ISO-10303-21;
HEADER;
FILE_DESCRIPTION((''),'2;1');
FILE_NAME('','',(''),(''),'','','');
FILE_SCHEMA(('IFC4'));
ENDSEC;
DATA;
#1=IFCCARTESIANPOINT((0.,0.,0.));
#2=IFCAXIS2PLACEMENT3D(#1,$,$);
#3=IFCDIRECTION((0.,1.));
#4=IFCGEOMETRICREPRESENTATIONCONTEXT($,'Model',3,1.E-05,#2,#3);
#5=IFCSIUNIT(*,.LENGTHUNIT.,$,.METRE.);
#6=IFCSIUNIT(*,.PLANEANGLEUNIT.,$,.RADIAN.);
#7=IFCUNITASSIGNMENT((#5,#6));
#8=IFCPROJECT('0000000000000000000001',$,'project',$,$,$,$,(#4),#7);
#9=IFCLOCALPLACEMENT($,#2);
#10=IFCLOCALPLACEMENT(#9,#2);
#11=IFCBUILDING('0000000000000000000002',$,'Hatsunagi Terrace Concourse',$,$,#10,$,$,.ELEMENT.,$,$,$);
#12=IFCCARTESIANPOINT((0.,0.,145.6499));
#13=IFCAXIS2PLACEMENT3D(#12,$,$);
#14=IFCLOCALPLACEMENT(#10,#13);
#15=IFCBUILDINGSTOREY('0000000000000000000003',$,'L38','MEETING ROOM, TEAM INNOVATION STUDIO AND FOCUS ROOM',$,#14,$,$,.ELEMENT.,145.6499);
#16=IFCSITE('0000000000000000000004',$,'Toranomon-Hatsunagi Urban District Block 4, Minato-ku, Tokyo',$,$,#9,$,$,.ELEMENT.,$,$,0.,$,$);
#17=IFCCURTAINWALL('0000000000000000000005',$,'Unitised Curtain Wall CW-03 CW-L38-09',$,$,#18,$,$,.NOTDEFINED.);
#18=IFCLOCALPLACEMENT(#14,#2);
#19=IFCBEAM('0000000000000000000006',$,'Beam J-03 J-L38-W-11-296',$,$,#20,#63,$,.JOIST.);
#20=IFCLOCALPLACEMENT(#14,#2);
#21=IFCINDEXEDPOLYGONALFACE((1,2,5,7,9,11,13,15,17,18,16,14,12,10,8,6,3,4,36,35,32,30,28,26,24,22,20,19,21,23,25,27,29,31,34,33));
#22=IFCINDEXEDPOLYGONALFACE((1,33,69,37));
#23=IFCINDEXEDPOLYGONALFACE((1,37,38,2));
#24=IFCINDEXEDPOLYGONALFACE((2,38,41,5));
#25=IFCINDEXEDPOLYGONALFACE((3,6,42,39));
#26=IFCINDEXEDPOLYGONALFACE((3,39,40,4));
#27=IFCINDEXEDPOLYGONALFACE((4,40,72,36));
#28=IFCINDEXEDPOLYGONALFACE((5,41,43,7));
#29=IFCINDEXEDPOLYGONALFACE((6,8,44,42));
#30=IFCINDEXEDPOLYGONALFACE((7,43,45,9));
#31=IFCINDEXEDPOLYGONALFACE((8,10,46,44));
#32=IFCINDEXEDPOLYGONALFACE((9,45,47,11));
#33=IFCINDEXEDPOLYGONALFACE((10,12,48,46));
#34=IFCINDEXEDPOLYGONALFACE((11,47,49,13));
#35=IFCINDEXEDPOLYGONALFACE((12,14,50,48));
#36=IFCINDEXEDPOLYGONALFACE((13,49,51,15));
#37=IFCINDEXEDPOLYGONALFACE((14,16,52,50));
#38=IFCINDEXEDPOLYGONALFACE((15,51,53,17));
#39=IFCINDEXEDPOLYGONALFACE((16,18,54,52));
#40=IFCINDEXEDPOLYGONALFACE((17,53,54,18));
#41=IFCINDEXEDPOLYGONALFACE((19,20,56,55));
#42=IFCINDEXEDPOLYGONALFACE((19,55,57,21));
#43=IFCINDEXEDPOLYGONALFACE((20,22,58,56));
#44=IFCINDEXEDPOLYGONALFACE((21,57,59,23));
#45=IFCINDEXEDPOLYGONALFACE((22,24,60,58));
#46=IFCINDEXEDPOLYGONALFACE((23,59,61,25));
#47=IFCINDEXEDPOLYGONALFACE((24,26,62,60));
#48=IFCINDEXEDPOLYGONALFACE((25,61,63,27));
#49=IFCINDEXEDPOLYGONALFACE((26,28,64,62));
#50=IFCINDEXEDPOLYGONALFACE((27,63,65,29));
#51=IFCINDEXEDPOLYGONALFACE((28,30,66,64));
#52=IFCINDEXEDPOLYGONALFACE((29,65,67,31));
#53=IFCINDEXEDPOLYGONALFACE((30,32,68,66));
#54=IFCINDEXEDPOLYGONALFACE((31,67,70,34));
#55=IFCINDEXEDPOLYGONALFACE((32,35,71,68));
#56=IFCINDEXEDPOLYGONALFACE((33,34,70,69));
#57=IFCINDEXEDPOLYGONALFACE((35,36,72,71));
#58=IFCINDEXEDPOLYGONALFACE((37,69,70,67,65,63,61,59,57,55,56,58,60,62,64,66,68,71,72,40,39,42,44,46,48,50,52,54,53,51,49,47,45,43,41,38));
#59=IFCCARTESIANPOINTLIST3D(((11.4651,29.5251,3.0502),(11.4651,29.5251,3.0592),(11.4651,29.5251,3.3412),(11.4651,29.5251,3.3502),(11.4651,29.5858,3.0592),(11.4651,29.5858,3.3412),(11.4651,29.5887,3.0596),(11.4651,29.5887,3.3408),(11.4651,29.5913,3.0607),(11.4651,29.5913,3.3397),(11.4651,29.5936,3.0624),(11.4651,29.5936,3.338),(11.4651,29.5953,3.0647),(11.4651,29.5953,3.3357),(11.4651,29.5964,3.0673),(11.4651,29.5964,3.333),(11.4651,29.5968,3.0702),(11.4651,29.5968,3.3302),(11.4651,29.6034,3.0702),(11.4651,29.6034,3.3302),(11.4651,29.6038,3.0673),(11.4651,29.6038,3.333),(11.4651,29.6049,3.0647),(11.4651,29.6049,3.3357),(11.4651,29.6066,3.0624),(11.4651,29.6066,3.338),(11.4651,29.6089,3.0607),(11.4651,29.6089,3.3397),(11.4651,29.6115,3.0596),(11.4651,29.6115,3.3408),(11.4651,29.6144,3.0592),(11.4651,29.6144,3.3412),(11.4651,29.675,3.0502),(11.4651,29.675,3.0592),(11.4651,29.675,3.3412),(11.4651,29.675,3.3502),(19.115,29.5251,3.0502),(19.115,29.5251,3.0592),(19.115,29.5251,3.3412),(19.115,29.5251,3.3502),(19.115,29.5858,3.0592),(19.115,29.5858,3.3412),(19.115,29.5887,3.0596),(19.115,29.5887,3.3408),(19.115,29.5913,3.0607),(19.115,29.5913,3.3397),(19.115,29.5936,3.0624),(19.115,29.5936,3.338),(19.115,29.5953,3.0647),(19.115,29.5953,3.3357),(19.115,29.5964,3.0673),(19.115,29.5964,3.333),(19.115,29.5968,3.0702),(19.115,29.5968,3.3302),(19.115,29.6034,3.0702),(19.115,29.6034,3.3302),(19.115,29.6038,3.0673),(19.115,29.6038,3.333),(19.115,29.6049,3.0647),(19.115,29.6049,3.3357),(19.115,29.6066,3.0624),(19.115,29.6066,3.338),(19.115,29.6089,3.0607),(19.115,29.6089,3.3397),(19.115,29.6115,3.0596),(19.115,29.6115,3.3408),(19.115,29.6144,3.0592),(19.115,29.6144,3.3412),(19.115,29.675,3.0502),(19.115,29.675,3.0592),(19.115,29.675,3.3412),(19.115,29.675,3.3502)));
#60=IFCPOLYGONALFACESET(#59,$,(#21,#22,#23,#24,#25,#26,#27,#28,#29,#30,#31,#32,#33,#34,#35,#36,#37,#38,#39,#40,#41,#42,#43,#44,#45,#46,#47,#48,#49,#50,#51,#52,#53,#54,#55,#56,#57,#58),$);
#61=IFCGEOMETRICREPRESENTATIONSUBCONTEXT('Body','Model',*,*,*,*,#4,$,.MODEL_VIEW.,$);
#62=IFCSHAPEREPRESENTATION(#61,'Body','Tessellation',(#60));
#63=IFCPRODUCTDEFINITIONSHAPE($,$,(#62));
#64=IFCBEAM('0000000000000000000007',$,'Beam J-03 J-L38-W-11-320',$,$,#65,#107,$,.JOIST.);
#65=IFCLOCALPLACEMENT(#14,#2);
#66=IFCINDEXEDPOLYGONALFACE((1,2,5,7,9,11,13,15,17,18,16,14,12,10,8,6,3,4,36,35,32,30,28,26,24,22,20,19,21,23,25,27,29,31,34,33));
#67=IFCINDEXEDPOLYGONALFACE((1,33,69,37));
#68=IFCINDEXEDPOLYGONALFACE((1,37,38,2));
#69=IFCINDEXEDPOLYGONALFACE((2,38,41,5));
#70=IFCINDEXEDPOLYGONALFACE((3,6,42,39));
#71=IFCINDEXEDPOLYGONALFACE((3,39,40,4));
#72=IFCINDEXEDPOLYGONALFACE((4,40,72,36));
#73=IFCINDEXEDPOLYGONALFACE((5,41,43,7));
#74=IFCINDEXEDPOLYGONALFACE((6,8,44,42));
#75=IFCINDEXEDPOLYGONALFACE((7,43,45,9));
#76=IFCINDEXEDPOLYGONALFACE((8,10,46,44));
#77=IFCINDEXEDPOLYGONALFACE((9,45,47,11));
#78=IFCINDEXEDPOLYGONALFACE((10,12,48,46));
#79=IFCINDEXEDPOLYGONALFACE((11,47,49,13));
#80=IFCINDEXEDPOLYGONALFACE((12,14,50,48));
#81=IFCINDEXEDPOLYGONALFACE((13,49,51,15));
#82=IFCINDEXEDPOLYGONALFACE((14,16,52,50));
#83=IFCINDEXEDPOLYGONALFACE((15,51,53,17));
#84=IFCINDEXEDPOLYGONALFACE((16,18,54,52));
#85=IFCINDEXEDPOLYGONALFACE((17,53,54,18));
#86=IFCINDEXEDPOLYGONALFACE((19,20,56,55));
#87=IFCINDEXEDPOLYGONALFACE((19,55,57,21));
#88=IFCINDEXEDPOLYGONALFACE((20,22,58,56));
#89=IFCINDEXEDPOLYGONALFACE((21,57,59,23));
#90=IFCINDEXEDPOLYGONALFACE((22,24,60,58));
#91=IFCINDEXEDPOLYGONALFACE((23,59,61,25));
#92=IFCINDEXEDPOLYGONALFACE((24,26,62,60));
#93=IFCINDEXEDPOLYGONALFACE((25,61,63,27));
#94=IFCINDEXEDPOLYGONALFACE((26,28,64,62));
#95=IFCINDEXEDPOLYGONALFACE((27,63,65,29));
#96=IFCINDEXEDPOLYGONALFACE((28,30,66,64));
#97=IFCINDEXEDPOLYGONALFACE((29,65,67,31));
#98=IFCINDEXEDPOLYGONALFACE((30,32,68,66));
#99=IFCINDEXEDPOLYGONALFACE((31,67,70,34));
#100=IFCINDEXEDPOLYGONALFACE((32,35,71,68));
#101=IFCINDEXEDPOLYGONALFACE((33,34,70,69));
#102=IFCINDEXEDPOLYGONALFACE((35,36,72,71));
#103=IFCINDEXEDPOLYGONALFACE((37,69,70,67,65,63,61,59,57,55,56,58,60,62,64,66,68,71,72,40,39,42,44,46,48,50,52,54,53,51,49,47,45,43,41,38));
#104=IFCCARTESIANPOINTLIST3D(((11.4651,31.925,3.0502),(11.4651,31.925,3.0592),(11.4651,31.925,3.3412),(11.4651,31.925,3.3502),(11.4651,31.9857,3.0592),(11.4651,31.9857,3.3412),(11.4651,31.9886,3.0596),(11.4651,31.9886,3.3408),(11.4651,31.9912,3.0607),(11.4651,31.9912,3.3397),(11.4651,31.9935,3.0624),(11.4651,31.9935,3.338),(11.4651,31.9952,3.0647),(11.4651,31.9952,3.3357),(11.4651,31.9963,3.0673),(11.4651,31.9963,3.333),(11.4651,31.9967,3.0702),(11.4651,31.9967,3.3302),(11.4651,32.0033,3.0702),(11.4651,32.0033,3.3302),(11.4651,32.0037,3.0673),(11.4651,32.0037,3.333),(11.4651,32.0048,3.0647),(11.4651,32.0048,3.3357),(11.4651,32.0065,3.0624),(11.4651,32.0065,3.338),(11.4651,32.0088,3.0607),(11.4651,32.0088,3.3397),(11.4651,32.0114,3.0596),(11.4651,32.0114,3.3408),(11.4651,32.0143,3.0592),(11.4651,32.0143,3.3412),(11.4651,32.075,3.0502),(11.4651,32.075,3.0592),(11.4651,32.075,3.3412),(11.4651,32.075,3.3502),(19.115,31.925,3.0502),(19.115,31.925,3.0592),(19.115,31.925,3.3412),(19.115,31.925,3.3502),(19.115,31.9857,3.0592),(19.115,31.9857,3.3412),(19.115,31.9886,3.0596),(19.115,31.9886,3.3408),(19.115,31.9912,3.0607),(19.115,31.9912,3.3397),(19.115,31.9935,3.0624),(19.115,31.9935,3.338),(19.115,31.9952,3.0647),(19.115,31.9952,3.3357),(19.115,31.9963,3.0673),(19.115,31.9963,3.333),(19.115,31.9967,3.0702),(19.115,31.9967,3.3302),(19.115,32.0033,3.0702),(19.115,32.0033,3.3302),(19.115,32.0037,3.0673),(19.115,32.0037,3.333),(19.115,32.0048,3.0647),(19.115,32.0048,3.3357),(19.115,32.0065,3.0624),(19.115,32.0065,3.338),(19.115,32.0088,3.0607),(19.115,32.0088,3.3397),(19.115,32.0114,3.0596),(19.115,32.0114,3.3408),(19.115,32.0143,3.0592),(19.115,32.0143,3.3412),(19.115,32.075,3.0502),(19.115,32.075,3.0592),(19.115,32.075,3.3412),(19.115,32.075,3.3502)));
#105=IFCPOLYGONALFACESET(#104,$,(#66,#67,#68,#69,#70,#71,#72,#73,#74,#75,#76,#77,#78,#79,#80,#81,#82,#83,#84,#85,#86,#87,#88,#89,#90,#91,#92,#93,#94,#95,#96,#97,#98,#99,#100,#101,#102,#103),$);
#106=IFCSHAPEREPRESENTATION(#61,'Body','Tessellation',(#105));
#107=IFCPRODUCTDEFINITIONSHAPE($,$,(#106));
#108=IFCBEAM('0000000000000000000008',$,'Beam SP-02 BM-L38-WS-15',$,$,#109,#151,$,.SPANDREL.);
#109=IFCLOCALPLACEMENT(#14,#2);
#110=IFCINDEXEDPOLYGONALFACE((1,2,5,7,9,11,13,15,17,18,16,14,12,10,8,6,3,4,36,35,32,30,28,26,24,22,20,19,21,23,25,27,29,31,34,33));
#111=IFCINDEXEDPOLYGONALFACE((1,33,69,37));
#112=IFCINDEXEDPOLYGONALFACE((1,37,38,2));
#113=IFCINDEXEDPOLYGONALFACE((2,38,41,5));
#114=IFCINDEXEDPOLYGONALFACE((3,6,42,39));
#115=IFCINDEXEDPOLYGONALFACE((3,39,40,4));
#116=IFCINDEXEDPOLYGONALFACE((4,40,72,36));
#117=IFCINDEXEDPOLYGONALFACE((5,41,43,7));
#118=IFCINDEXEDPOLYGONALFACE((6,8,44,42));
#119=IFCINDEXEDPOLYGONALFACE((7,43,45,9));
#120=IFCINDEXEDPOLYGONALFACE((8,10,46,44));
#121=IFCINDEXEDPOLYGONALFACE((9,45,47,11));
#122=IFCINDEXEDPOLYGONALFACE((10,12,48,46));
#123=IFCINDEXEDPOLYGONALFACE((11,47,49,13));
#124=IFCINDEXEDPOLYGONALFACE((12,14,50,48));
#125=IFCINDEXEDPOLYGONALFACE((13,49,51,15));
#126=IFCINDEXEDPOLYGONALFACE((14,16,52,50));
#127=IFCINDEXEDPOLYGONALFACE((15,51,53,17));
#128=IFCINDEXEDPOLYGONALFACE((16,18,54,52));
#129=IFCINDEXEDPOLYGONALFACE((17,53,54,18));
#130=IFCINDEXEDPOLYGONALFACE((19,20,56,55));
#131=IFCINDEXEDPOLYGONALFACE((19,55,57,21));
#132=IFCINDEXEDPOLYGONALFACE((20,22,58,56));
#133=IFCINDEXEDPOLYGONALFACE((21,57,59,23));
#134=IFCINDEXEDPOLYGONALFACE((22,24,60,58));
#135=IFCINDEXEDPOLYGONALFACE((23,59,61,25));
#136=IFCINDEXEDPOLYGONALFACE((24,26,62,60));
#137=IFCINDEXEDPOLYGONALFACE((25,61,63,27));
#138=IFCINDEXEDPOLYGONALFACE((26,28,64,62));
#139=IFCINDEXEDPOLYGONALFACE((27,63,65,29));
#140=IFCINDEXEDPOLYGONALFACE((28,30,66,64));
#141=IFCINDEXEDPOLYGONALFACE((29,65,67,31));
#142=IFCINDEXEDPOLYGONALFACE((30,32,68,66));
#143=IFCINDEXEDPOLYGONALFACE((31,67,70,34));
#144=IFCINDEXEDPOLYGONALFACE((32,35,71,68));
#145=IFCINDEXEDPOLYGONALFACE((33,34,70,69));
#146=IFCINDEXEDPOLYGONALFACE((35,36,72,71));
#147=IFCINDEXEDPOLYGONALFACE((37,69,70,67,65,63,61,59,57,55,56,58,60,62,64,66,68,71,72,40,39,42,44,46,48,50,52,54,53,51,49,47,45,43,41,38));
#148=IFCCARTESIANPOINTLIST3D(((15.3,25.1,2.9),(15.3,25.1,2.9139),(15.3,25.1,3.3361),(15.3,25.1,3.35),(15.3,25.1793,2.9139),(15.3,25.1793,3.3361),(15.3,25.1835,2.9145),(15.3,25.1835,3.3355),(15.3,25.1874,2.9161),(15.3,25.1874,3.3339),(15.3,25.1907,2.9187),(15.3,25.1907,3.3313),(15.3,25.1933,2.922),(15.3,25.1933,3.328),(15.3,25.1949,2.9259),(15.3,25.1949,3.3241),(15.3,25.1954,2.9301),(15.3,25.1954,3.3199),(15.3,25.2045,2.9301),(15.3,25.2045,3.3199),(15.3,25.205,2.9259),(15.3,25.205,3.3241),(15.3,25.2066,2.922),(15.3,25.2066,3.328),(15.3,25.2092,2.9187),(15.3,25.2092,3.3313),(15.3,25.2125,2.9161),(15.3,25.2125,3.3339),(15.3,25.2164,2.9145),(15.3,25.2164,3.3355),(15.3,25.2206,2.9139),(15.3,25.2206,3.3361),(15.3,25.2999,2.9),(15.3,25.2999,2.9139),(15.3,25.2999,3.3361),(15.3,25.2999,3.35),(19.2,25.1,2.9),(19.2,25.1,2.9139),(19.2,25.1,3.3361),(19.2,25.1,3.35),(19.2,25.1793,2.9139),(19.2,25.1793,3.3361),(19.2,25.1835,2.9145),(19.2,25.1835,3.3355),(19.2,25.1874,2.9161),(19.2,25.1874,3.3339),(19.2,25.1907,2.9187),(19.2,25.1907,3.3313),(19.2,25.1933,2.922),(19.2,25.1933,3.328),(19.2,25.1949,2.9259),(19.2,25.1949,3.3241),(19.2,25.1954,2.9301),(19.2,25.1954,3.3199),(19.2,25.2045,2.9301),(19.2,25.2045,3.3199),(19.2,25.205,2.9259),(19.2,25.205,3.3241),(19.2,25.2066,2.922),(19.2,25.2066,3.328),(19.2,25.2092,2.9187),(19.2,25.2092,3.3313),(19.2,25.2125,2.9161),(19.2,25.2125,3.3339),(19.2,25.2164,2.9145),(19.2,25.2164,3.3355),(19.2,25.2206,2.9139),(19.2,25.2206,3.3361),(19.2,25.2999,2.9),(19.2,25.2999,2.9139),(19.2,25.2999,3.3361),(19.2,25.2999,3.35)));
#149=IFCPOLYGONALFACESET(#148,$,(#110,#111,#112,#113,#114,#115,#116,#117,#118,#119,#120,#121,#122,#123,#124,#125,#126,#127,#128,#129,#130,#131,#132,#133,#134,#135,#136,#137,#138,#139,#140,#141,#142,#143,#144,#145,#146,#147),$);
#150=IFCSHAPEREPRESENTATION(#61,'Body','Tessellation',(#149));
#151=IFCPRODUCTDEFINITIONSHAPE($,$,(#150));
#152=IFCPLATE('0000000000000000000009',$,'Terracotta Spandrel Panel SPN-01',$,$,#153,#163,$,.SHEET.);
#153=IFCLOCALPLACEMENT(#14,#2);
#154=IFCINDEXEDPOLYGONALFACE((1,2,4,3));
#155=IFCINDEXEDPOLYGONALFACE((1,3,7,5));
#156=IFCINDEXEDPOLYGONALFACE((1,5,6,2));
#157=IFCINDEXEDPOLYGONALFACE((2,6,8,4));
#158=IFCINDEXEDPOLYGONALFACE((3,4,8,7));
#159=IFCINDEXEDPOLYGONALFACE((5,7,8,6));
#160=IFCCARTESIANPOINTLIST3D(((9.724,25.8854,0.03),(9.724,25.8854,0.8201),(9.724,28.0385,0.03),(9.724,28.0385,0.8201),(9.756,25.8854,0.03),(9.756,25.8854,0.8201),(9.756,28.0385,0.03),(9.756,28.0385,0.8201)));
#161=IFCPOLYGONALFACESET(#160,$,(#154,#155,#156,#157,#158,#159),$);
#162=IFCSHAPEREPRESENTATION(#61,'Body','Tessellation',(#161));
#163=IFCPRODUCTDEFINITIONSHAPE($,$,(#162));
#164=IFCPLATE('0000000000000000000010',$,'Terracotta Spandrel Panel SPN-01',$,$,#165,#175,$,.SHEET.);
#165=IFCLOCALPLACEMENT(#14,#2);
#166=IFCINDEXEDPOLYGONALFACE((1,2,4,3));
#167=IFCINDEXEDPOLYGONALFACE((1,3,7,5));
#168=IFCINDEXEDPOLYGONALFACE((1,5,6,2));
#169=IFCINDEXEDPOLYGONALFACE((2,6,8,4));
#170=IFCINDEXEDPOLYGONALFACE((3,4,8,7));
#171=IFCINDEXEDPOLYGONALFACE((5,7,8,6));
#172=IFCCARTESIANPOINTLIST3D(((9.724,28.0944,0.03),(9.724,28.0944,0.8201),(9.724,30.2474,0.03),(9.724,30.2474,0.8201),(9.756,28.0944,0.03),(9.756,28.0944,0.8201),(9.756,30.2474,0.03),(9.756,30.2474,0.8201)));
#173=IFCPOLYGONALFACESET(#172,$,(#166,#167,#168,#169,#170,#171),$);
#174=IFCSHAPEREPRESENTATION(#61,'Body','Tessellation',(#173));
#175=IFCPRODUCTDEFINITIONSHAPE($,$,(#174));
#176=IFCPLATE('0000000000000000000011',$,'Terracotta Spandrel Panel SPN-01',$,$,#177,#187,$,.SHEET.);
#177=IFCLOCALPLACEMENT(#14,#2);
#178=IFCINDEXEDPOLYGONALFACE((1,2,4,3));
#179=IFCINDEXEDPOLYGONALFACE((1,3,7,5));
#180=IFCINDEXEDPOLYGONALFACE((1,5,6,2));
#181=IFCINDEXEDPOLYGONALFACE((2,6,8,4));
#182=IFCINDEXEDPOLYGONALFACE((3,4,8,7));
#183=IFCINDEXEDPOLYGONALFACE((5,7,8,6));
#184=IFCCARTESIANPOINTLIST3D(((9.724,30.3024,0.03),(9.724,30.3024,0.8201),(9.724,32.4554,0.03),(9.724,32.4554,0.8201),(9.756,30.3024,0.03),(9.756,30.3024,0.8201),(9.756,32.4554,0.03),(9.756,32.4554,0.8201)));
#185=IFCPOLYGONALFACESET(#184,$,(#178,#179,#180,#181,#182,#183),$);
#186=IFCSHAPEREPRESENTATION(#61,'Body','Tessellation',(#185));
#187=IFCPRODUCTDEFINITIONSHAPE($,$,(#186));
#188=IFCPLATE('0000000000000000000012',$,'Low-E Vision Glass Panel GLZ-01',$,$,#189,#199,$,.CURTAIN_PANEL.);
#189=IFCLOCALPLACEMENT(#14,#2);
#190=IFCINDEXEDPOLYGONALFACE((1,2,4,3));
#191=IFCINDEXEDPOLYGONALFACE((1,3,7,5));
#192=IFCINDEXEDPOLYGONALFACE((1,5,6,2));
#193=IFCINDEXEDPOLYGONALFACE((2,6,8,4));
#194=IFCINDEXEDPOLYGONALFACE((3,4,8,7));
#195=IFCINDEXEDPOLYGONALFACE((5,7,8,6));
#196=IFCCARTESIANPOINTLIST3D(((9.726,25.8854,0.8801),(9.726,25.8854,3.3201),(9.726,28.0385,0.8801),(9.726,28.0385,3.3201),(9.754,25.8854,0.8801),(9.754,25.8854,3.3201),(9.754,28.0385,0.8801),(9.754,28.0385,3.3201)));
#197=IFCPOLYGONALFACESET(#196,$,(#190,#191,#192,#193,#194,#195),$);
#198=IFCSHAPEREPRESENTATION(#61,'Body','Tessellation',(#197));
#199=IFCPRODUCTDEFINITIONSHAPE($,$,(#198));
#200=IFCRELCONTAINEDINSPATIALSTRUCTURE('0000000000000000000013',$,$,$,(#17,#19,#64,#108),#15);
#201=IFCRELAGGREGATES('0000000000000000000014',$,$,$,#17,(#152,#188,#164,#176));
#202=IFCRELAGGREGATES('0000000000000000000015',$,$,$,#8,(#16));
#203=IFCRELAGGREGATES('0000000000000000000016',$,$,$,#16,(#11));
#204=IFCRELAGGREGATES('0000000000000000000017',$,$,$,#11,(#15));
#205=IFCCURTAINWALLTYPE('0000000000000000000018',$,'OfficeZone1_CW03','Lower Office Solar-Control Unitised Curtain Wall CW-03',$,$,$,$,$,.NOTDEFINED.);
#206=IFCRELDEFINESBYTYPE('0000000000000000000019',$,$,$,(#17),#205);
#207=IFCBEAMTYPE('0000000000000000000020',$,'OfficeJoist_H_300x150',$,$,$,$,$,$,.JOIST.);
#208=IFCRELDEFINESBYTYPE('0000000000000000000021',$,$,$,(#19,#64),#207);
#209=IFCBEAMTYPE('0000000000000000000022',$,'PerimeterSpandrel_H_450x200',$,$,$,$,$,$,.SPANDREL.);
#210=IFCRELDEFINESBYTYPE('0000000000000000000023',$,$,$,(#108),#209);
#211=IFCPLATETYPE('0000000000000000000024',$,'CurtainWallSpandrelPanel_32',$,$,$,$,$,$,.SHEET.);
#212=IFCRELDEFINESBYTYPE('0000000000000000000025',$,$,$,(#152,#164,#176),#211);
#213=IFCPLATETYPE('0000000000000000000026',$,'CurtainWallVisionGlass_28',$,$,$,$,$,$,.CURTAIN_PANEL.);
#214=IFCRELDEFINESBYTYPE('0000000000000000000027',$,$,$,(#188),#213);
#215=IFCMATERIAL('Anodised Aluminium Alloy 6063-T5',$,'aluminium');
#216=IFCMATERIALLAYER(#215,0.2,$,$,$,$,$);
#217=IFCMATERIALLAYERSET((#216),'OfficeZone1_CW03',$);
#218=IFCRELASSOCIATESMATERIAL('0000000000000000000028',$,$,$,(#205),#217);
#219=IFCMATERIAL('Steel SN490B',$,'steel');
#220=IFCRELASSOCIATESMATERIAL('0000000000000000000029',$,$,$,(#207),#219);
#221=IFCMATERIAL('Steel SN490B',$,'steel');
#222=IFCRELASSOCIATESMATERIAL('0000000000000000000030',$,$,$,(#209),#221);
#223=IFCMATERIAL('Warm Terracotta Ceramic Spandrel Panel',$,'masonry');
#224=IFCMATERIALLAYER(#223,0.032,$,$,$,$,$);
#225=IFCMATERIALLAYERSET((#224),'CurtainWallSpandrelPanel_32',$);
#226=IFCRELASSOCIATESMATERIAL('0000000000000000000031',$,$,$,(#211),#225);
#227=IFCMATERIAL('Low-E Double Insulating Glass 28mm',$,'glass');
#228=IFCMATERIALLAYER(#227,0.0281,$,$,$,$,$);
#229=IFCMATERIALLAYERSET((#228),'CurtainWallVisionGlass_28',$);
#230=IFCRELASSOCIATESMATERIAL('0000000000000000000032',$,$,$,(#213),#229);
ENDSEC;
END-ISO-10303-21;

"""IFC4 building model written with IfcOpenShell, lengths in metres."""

from ifc_helpers import new_model, si_unit, direction, frame, origin, origin_2d, place, context, subcontext, project, spatial, rectangle, i_section, extrude, material, layer, layer_set, material_profile, profile_set, type_object, element, aggregate, save


model = new_model("IFC4")

# Units and contexts
model_context = context("Model", 3, precision=1e-05, world=origin(), true_north=direction((0.0, 1.0)))
body_context = subcontext(model_context, "Body", "Model", "MODEL_VIEW")
ifc_project = project(units=[si_unit("LENGTHUNIT", "METRE"), si_unit("PLANEANGLEUNIT", "RADIAN")], contexts=[model_context])

# Site, building, storey
site_placement = place(None, origin())
site = spatial("IfcSite", under=ifc_project, at=site_placement, Name="Toranomon-Hatsunagi Urban District Block 4, Minato-ku, Tokyo", CompositionType="ELEMENT", RefElevation=0.0)
building_placement = place(site_placement, origin())
building = spatial("IfcBuilding", under=site, at=building_placement, Name="Hatsunagi Terrace Concourse", CompositionType="ELEMENT")
storey_placement = place(building_placement, frame((0.0, 0.0, 145.6499)))
storey = spatial("IfcBuildingStorey", under=building, at=storey_placement, Name="L38", Description="MEETING ROOM, TEAM INNOVATION STUDIO AND FOCUS ROOM", CompositionType="ELEMENT", Elevation=145.6499)

# Curtain wall
ifc_material_1 = material(Name="Anodised Aluminium Alloy 6063-T5", Category="aluminium")
ifc_layer_1 = layer(ifc_material_1, 0.2)
ifc_layer_set_1 = layer_set([ifc_layer_1], Name="OfficeZone1_CW03")
curtain_wall_type = type_object("IfcCurtainWallType", Name="OfficeZone1_CW03", Description="Lower Office Solar-Control Unitised Curtain Wall CW-03", PredefinedType="NOTDEFINED", material=ifc_layer_set_1)
curtain_wall_placement = place(storey_placement, origin())
curtain_wall = element("IfcCurtainWall", 1, at=curtain_wall_placement, inside=storey, type_object=curtain_wall_type, Name="Unitised Curtain Wall CW-03 CW-L38-09", PredefinedType="NOTDEFINED")

# Beams
ifc_material_2 = material(Name="Steel SN490B", Category="steel")
ifc_material_profile_1 = material_profile(ifc_material_2, i_section(OverallWidth=0.1499, OverallDepth=0.3, WebThickness=0.0066, FlangeThickness=0.009, FilletRadius=0.011, at=origin_2d()), Name="H-300x150x6.5x9")
ifc_profile_set_1 = profile_set([ifc_material_profile_1], Name="Steel SN490B")
beam_type_1 = type_object("IfcBeamType", Name="OfficeJoist_H_300x150", PredefinedType="JOIST", material=ifc_profile_set_1)
for number, where, z_axis, x_axis, name in (
    (2, (11.4651, 29.6001, 3.2002), (1.0, 0.0, 0.0), (0.0, 1.0, 0.0), "Beam J-03 J-L38-W-11-296"),
    (3, (11.4651, 32.0, 3.2002), (1.0, 0.0, 0.0), (0.0, 1.0, 0.0), "Beam J-03 J-L38-W-11-320"),
):
    element("IfcBeam", number, at=place(storey_placement, frame(where, z_axis=z_axis, x_axis=x_axis)), inside=storey, type_object=beam_type_1, Name=name, PredefinedType="JOIST", context=body_context, shape_type="SweptSolid", body=[
        extrude(i_section(OverallWidth=0.1499, OverallDepth=0.3, WebThickness=0.0066, FlangeThickness=0.009, FilletRadius=0.011, at=origin_2d()), origin(), (0.0, 0.0, 1.0), 7.6499),
    ])
ifc_material_3 = material(Name="Steel SN490B", Category="steel")
ifc_material_profile_2 = material_profile(ifc_material_3, i_section(OverallWidth=0.2, OverallDepth=0.45, WebThickness=0.009, FlangeThickness=0.0139, FilletRadius=0.0161, at=origin_2d()), Name="H-450x200x9x14")
ifc_profile_set_2 = profile_set([ifc_material_profile_2], Name="Steel SN490B")
beam_type_2 = type_object("IfcBeamType", Name="PerimeterSpandrel_H_450x200", PredefinedType="SPANDREL", material=ifc_profile_set_2)
beam_placement = place(storey_placement, frame((15.3, 25.2, 3.125), z_axis=(1.0, 0.0, 0.0), x_axis=(0.0, 1.0, 0.0)))
element("IfcBeam", 4, at=beam_placement, inside=storey, type_object=beam_type_2, Name="Beam SP-02 BM-L38-WS-15", PredefinedType="SPANDREL", context=body_context, shape_type="SweptSolid", body=[
    extrude(i_section(OverallWidth=0.2, OverallDepth=0.45, WebThickness=0.009, FlangeThickness=0.0139, FilletRadius=0.0161, at=origin_2d()), origin(), (0.0, 0.0, 1.0), 3.8999),
])

# Plates
ifc_material_4 = material(Name="Warm Terracotta Ceramic Spandrel Panel", Category="masonry")
ifc_layer_2 = layer(ifc_material_4, 0.032)
ifc_layer_set_2 = layer_set([ifc_layer_2], Name="CurtainWallSpandrelPanel_32")
plate_type_1 = type_object("IfcPlateType", Name="CurtainWallSpandrelPanel_32", PredefinedType="SHEET", material=ifc_layer_set_2)
plate_1_placement = place(storey_placement, frame((9.74, 26.9619, 0.03), z_axis=(0.0, 0.0, 1.0), x_axis=(0.0, 1.0, 0.0)))
plate_1 = element("IfcPlate", 5, at=plate_1_placement, type_object=plate_type_1, Name="Terracotta Spandrel Panel SPN-01", PredefinedType="SHEET", context=body_context, shape_type="SweptSolid", body=[
    extrude(rectangle(XDim=2.1531, YDim=0.032, at=origin_2d()), origin(), (0.0, 0.0, 1.0), 0.79),
])
plate_2_placement = place(storey_placement, frame((9.74, 29.1709, 0.03), z_axis=(0.0, 0.0, 1.0), x_axis=(0.0, 1.0, 0.0)))
plate_2 = element("IfcPlate", 6, at=plate_2_placement, type_object=plate_type_1, Name="Terracotta Spandrel Panel SPN-01", PredefinedType="SHEET", context=body_context, shape_type="SweptSolid", body=[
    extrude(rectangle(XDim=2.1531, YDim=0.032, at=origin_2d()), origin(), (0.0, 0.0, 1.0), 0.79),
])
plate_3_placement = place(storey_placement, frame((9.74, 31.3789, 0.03), z_axis=(0.0, 0.0, 1.0), x_axis=(0.0, 1.0, 0.0)))
plate_3 = element("IfcPlate", 7, at=plate_3_placement, type_object=plate_type_1, Name="Terracotta Spandrel Panel SPN-01", PredefinedType="SHEET", context=body_context, shape_type="SweptSolid", body=[
    extrude(rectangle(XDim=2.1531, YDim=0.032, at=origin_2d()), origin(), (0.0, 0.0, 1.0), 0.79),
])
ifc_material_5 = material(Name="Low-E Double Insulating Glass 28mm", Category="glass")
ifc_layer_3 = layer(ifc_material_5, 0.0281)
ifc_layer_set_3 = layer_set([ifc_layer_3], Name="CurtainWallVisionGlass_28")
plate_type_2 = type_object("IfcPlateType", Name="CurtainWallVisionGlass_28", PredefinedType="CURTAIN_PANEL", material=ifc_layer_set_3)
plate_4_placement = place(storey_placement, frame((9.74, 26.9619, 0.8801), z_axis=(0.0, 0.0, 1.0), x_axis=(0.0, 1.0, 0.0)))
plate_4 = element("IfcPlate", 8, at=plate_4_placement, type_object=plate_type_2, Name="Low-E Vision Glass Panel GLZ-01", PredefinedType="CURTAIN_PANEL", context=body_context, shape_type="SweptSolid", body=[
    extrude(rectangle(XDim=2.1531, YDim=0.0281, at=origin_2d()), origin(), (0.0, 0.0, 1.0), 2.4399),
])
aggregate(curtain_wall, [plate_1, plate_4, plate_2, plate_3])

save(model, "model.ifc")
